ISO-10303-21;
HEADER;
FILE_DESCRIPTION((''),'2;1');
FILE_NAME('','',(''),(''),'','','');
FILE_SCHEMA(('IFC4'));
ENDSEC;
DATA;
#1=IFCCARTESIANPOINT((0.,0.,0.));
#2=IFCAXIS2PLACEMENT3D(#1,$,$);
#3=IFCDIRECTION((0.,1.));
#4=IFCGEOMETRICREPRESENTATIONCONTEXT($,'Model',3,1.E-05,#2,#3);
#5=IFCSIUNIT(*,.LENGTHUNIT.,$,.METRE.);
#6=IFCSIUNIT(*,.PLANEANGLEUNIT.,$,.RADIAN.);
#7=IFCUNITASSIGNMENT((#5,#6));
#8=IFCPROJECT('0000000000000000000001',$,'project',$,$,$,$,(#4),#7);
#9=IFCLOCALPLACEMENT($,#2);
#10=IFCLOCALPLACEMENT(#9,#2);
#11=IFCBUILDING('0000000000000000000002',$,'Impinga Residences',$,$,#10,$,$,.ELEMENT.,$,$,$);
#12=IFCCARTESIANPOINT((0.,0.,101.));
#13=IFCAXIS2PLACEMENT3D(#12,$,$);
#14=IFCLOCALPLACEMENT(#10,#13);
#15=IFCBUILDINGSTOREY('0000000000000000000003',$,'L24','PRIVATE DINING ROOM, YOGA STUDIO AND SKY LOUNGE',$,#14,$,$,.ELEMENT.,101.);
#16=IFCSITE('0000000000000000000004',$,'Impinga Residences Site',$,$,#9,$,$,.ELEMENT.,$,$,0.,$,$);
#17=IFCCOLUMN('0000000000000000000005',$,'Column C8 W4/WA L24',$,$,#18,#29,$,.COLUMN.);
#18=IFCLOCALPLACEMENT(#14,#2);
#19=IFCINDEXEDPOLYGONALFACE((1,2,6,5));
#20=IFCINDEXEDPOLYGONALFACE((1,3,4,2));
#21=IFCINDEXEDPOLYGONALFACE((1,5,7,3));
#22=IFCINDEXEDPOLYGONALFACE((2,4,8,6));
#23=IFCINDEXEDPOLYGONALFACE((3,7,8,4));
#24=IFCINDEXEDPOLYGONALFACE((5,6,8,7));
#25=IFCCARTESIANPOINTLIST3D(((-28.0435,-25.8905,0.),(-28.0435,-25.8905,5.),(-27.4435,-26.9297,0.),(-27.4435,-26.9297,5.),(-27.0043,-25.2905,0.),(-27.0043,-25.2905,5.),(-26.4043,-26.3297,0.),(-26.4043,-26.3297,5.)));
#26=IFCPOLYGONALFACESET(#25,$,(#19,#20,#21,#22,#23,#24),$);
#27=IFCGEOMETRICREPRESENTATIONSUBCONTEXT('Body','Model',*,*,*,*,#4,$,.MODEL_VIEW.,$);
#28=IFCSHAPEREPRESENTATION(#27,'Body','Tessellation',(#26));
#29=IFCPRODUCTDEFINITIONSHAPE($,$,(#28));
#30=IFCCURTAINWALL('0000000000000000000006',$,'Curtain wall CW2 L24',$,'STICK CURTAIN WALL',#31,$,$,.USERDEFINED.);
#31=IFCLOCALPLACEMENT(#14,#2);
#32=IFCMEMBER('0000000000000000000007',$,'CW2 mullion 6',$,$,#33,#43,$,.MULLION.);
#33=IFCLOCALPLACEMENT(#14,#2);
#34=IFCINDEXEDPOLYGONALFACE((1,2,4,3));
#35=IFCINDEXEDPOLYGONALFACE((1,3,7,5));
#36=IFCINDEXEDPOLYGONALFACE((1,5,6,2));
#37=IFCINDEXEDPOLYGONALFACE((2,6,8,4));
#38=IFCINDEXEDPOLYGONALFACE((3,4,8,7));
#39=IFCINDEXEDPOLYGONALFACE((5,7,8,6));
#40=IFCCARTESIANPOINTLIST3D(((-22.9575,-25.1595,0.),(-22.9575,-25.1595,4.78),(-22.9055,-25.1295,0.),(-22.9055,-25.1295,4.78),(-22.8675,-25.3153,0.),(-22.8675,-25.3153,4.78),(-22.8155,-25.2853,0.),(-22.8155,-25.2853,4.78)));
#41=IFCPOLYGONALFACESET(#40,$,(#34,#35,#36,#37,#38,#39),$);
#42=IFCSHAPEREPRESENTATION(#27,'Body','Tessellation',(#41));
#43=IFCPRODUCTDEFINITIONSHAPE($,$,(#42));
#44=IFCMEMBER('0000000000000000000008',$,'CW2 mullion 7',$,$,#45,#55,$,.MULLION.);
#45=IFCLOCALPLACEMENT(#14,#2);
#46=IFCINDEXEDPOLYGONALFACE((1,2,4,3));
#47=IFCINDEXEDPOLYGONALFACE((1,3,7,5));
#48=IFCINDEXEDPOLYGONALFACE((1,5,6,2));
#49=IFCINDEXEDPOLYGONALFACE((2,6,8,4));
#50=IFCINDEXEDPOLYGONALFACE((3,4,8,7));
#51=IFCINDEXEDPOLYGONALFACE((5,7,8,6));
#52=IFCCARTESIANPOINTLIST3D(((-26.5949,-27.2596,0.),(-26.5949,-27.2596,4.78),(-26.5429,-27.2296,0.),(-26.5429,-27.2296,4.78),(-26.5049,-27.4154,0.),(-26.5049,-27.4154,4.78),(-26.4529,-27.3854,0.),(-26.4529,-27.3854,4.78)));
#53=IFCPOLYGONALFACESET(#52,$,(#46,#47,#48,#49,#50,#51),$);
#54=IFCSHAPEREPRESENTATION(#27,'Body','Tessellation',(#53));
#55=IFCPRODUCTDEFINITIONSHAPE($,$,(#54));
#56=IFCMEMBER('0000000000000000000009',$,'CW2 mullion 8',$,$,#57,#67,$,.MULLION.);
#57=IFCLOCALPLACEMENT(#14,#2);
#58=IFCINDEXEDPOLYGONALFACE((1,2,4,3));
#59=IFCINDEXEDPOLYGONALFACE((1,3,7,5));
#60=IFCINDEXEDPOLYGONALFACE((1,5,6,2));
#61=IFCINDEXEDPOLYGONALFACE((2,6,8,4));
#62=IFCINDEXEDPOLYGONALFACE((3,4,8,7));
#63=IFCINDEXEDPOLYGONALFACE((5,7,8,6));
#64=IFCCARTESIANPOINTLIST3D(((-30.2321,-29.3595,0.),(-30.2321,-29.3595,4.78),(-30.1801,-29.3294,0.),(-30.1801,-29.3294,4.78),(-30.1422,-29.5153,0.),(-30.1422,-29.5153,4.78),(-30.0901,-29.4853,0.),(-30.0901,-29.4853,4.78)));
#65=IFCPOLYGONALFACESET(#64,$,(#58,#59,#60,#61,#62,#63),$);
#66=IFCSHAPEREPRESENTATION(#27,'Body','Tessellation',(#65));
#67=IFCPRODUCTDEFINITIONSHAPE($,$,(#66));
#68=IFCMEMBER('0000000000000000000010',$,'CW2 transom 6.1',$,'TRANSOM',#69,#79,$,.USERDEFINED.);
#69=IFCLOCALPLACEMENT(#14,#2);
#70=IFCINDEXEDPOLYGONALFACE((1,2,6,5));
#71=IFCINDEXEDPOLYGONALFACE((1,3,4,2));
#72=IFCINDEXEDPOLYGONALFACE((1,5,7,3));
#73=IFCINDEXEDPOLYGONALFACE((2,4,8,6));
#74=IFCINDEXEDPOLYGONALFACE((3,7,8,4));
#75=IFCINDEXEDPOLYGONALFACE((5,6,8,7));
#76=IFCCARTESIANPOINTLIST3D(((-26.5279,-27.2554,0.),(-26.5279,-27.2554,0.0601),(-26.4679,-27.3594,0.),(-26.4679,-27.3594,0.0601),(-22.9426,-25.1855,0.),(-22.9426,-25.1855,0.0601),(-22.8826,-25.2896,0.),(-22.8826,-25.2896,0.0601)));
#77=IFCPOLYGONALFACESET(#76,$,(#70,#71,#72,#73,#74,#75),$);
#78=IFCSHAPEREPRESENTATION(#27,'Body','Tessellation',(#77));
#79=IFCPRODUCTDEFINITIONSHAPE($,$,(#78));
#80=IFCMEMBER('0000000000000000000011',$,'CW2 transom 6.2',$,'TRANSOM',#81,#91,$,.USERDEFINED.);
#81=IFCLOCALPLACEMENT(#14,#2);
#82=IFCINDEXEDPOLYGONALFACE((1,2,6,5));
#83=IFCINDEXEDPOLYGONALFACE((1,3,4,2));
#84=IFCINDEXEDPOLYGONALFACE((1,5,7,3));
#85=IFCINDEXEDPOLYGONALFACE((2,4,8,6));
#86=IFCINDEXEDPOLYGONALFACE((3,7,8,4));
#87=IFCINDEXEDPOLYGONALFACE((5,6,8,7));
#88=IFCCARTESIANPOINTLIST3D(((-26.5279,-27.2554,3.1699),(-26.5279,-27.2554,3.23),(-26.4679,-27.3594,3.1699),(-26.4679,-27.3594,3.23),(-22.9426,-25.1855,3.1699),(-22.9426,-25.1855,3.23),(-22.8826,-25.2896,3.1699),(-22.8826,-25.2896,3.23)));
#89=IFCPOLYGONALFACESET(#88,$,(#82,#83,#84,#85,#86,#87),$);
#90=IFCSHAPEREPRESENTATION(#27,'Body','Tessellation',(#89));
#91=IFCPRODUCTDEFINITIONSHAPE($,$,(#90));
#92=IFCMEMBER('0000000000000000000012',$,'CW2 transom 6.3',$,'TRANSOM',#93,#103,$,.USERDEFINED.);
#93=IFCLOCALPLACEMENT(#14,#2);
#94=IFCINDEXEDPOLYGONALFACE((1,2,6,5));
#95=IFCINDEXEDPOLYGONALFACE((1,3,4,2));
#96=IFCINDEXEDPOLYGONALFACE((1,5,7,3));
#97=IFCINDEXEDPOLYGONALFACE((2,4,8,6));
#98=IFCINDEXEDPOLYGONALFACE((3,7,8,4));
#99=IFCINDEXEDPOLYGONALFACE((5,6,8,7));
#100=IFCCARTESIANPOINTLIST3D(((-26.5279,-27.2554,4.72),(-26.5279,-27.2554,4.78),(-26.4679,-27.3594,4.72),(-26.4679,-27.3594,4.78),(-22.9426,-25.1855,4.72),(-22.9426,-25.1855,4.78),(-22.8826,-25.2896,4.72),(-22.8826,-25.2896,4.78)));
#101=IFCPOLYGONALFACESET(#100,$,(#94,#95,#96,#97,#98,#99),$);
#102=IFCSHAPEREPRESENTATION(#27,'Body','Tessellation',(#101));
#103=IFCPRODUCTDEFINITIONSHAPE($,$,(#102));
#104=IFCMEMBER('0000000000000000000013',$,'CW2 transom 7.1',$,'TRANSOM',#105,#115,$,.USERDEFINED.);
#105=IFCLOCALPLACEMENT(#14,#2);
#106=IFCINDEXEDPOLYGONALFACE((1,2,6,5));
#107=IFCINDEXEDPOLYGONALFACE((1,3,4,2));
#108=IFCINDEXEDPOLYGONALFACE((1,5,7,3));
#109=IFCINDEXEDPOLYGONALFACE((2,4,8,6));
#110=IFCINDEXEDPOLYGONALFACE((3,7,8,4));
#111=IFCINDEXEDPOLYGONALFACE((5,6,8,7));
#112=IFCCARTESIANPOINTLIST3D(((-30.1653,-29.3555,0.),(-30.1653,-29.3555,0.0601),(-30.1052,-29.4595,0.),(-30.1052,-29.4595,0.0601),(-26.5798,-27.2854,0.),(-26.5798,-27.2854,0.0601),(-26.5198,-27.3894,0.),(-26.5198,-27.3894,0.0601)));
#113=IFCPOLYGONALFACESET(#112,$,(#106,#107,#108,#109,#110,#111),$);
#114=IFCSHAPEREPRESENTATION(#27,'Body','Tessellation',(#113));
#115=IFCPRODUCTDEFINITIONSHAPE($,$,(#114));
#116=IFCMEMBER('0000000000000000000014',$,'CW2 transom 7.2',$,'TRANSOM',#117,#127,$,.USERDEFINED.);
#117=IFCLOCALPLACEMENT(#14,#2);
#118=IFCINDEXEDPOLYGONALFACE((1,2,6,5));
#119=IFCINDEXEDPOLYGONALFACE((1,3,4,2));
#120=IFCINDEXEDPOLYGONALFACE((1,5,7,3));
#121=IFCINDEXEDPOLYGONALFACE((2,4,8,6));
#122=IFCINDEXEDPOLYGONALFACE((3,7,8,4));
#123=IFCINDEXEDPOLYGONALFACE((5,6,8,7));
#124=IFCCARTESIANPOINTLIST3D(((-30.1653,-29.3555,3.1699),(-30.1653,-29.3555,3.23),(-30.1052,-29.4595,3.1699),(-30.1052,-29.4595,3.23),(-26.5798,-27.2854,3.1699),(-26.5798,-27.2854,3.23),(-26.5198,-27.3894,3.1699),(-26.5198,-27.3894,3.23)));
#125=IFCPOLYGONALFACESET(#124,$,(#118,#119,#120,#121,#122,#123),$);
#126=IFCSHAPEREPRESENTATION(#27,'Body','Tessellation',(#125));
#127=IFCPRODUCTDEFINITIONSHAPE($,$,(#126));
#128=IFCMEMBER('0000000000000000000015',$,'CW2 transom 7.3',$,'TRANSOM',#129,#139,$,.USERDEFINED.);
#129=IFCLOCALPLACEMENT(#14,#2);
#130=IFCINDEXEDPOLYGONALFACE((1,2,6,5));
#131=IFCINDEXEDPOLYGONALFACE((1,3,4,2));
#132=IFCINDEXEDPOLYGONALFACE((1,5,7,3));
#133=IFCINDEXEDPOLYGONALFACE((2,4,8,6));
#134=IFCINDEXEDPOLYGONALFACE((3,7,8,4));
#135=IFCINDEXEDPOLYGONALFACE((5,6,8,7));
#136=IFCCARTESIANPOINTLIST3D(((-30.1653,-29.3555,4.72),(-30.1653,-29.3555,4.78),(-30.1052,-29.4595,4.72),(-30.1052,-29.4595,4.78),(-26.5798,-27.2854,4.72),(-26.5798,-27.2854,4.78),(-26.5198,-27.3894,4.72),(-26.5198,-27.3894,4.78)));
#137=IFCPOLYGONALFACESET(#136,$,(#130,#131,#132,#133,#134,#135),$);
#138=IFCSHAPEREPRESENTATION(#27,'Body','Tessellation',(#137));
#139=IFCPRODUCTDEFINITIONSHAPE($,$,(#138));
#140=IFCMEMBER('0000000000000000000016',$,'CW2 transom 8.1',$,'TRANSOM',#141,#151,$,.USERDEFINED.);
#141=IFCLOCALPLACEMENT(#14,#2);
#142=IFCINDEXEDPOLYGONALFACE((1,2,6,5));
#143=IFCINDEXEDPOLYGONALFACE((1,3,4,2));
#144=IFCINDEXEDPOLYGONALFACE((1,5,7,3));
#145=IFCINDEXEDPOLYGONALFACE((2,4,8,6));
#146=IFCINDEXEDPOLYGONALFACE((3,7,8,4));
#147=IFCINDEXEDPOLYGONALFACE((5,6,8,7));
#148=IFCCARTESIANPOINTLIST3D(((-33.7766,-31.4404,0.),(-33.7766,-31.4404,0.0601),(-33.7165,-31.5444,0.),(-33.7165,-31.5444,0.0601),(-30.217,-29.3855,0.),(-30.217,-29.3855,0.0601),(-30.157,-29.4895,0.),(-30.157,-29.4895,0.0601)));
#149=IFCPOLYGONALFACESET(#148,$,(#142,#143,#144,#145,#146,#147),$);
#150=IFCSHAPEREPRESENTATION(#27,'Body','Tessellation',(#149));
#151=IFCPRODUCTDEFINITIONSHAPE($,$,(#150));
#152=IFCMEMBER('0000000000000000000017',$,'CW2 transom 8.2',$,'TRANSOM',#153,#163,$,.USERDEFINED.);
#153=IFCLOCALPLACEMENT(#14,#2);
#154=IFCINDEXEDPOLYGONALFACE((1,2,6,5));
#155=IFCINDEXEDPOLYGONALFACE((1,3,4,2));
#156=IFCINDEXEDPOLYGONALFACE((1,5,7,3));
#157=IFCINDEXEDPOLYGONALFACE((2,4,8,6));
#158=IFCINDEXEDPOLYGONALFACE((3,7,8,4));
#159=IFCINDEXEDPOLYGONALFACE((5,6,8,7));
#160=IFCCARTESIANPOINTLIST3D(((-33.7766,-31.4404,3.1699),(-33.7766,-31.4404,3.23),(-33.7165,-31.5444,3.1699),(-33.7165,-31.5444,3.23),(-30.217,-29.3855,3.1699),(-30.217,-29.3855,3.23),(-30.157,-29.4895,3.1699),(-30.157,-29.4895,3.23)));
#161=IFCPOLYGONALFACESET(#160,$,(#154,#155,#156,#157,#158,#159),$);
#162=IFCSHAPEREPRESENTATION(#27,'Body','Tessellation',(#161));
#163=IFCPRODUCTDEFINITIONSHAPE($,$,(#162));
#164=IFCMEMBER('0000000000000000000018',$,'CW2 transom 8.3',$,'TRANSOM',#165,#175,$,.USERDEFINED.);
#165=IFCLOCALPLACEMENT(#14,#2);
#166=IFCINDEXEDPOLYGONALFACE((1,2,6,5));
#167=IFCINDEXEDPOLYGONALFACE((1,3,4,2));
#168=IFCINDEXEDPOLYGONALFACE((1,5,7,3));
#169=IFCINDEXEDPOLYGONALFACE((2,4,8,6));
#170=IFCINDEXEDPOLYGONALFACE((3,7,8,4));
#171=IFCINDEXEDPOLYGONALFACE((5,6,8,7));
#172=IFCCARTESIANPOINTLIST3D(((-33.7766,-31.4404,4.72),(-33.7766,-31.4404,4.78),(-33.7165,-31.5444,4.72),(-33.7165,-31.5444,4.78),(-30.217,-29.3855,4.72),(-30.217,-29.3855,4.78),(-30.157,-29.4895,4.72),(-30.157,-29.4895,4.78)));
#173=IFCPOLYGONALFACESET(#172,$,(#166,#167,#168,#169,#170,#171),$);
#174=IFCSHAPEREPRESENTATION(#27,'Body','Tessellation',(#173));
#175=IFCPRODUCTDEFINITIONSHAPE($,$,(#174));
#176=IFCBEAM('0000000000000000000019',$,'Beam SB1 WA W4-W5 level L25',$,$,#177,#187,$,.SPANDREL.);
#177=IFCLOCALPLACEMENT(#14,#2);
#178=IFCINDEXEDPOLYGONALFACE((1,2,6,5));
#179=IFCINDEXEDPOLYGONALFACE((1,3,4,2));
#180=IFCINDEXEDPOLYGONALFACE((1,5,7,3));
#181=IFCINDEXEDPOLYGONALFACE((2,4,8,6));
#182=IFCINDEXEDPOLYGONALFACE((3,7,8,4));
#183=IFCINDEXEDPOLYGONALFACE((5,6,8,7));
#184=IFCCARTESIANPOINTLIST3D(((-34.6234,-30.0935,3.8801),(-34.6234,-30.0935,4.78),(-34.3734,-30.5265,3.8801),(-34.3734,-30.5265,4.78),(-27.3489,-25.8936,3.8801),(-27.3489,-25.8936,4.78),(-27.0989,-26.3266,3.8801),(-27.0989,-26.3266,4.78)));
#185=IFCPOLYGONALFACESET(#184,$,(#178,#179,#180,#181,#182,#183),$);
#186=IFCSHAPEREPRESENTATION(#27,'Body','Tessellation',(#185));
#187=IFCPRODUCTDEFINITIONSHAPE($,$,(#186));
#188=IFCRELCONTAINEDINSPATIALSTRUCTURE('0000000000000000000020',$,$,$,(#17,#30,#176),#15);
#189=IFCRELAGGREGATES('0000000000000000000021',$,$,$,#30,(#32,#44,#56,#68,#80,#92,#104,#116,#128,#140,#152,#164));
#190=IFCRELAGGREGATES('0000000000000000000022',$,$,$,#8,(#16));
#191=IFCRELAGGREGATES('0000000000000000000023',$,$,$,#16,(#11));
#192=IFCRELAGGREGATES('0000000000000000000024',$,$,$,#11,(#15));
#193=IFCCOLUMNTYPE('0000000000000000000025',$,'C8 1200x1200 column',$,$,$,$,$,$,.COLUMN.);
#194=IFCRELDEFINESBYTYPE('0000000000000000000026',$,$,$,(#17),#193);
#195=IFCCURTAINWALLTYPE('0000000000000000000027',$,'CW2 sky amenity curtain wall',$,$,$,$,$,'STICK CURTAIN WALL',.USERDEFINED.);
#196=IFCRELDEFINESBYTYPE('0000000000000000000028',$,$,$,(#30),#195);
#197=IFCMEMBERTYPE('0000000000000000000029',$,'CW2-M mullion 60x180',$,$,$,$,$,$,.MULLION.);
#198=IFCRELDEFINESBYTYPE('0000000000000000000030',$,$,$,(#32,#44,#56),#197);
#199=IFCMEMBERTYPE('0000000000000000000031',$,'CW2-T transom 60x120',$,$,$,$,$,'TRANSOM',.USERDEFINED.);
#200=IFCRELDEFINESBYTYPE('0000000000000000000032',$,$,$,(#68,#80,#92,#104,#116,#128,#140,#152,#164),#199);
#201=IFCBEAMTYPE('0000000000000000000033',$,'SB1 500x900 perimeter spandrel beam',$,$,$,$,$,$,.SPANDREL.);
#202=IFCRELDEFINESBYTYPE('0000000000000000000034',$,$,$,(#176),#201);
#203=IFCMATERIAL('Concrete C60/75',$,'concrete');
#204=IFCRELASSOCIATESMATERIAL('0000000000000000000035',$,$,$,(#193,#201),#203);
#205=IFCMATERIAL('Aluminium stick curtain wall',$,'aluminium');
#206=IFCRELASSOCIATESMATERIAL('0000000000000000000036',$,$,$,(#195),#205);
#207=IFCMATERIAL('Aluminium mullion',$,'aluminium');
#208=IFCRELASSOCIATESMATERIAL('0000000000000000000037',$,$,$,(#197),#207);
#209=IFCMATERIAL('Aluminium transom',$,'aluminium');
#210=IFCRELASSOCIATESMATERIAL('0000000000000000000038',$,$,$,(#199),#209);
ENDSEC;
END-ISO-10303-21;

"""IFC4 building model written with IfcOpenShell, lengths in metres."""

from ifc_helpers import new_model, si_unit, direction, frame, origin, origin_2d, place, context, subcontext, project, spatial, rectangle, extrude, material, material_profile, profile_set, type_object, element, aggregate, save


model = new_model("IFC4")

# Units and contexts
model_context = context("Model", 3, precision=1e-05, world=origin(), true_north=direction((0.0, 1.0)))
body_context = subcontext(model_context, "Body", "Model", "MODEL_VIEW")
ifc_project = project(units=[si_unit("LENGTHUNIT", "METRE"), si_unit("PLANEANGLEUNIT", "RADIAN")], contexts=[model_context])

# Site, building, storey
site_placement = place(None, origin())
site = spatial("IfcSite", under=ifc_project, at=site_placement, Name="Impinga Residences Site", CompositionType="ELEMENT", RefElevation=0.0)
building_placement = place(site_placement, origin())
building = spatial("IfcBuilding", under=site, at=building_placement, Name="Impinga Residences", CompositionType="ELEMENT")
storey_placement = place(building_placement, frame((0.0, 0.0, 101.0)))
storey = spatial("IfcBuildingStorey", under=building, at=storey_placement, Name="L24", Description="PRIVATE DINING ROOM, YOGA STUDIO AND SKY LOUNGE", CompositionType="ELEMENT", Elevation=101.0)

# Column
ifc_material_1 = material(Name="Concrete C60/75", Category="concrete")
ifc_material_profile_1 = material_profile(ifc_material_1, rectangle(XDim=1.2, YDim=1.2, at=origin_2d()), Name="RC 1200x1200")
ifc_profile_set_1 = profile_set([ifc_material_profile_1], Name="Concrete C60/75")
column_type = type_object("IfcColumnType", Name="C8 1200x1200 column", PredefinedType="COLUMN", material=ifc_profile_set_1)
column_placement = place(storey_placement, frame((-27.2239, -26.1101, 0.0), z_axis=(0.0, 0.0, 1.0), x_axis=(-0.5, 0.866025, 0.0)))
element("IfcColumn", 1, at=column_placement, inside=storey, type_object=column_type, Name="Column C8 W4/WA L24", PredefinedType="COLUMN", context=body_context, shape_type="SweptSolid", body=[
    extrude(rectangle(XDim=1.2, YDim=1.2, at=origin_2d()), origin(), (0.0, 0.0, 1.0), 5.0),
])

# Curtain wall, members
ifc_material_2 = material(Name="Aluminium stick curtain wall", Category="aluminium")
curtain_wall_type = type_object("IfcCurtainWallType", Name="CW2 sky amenity curtain wall", ElementType="STICK CURTAIN WALL", PredefinedType="USERDEFINED", material=ifc_material_2)
curtain_wall_placement = place(storey_placement, origin())
curtain_wall = element("IfcCurtainWall", 2, at=curtain_wall_placement, inside=storey, type_object=curtain_wall_type, Name="Curtain wall CW2 L24", ObjectType="STICK CURTAIN WALL", PredefinedType="USERDEFINED")
ifc_material_3 = material(Name="Aluminium mullion", Category="aluminium")
ifc_material_profile_2 = material_profile(ifc_material_3, rectangle(XDim=0.0601, YDim=0.1799, at=origin_2d()), Name="60x180 mullion")
ifc_profile_set_2 = profile_set([ifc_material_profile_2], Name="Aluminium mullion")
member_type_1 = type_object("IfcMemberType", Name="CW2-M mullion 60x180", PredefinedType="MULLION", material=ifc_profile_set_2)
member_1_placement = place(storey_placement, frame((-22.8865, -25.2224, 0.0), z_axis=(0.0, 0.0, 1.0), x_axis=(-0.866025, -0.5, 0.0)))
member_1 = element("IfcMember", 3, at=member_1_placement, type_object=member_type_1, Name="CW2 mullion 6", PredefinedType="MULLION", context=body_context, shape_type="SweptSolid", body=[
    extrude(rectangle(XDim=0.0601, YDim=0.1799, at=origin_2d()), origin(), (0.0, 0.0, 1.0), 4.78),
])
member_2_placement = place(storey_placement, frame((-26.5239, -27.3225, 0.0), z_axis=(0.0, 0.0, 1.0), x_axis=(-0.866025, -0.5, 0.0)))
member_2 = element("IfcMember", 4, at=member_2_placement, type_object=member_type_1, Name="CW2 mullion 7", PredefinedType="MULLION", context=body_context, shape_type="SweptSolid", body=[
    extrude(rectangle(XDim=0.0601, YDim=0.1799, at=origin_2d()), origin(), (0.0, 0.0, 1.0), 4.78),
])
member_3_placement = place(storey_placement, frame((-30.1611, -29.4224, 0.0), z_axis=(0.0, 0.0, 1.0), x_axis=(-0.866025, -0.5, 0.0)))
member_3 = element("IfcMember", 5, at=member_3_placement, type_object=member_type_1, Name="CW2 mullion 8", PredefinedType="MULLION", context=body_context, shape_type="SweptSolid", body=[
    extrude(rectangle(XDim=0.0601, YDim=0.1799, at=origin_2d()), origin(), (0.0, 0.0, 1.0), 4.78),
])
ifc_material_4 = material(Name="Aluminium transom", Category="aluminium")
ifc_material_profile_3 = material_profile(ifc_material_4, rectangle(XDim=0.0601, YDim=0.1201, at=origin_2d()), Name="60x120 transom")
ifc_profile_set_3 = profile_set([ifc_material_profile_3], Name="Aluminium transom")
member_type_2 = type_object("IfcMemberType", Name="CW2-T transom 60x120", ElementType="TRANSOM", PredefinedType="USERDEFINED", material=ifc_profile_set_3)
member_4_placement = place(storey_placement, frame((-22.9126, -25.2375, 0.03), z_axis=(-0.866035, -0.499983, 0.0), x_axis=(0.0, 0.0, 1.0)))
member_4 = element("IfcMember", 6, at=member_4_placement, type_object=member_type_2, Name="CW2 transom 6.1", ObjectType="TRANSOM", PredefinedType="USERDEFINED", context=body_context, shape_type="SweptSolid", body=[
    extrude(rectangle(XDim=0.0601, YDim=0.1201, at=origin_2d()), origin(), (0.0, 0.0, 1.0), 4.1399),
])
member_5_placement = place(storey_placement, frame((-22.9126, -25.2375, 3.2), z_axis=(-0.866035, -0.499983, 0.0), x_axis=(0.0, 0.0, 1.0)))
member_5 = element("IfcMember", 7, at=member_5_placement, type_object=member_type_2, Name="CW2 transom 6.2", ObjectType="TRANSOM", PredefinedType="USERDEFINED", context=body_context, shape_type="SweptSolid", body=[
    extrude(rectangle(XDim=0.0601, YDim=0.1201, at=origin_2d()), origin(), (0.0, 0.0, 1.0), 4.1399),
])
member_6_placement = place(storey_placement, frame((-22.9126, -25.2375, 4.75), z_axis=(-0.866035, -0.499983, 0.0), x_axis=(0.0, 0.0, 1.0)))
member_6 = element("IfcMember", 8, at=member_6_placement, type_object=member_type_2, Name="CW2 transom 6.3", ObjectType="TRANSOM", PredefinedType="USERDEFINED", context=body_context, shape_type="SweptSolid", body=[
    extrude(rectangle(XDim=0.0601, YDim=0.1201, at=origin_2d()), origin(), (0.0, 0.0, 1.0), 4.1399),
])
member_7_placement = place(storey_placement, frame((-26.5498, -27.3374, 0.03), z_axis=(-0.866025, -0.500002, 0.0), x_axis=(0.0, 0.0, 1.0)))
member_7 = element("IfcMember", 9, at=member_7_placement, type_object=member_type_2, Name="CW2 transom 7.1", ObjectType="TRANSOM", PredefinedType="USERDEFINED", context=body_context, shape_type="SweptSolid", body=[
    extrude(rectangle(XDim=0.0601, YDim=0.1201, at=origin_2d()), origin(), (0.0, 0.0, 1.0), 4.1401),
])
member_8_placement = place(storey_placement, frame((-26.5498, -27.3374, 3.2), z_axis=(-0.866025, -0.500002, 0.0), x_axis=(0.0, 0.0, 1.0)))
member_8 = element("IfcMember", 10, at=member_8_placement, type_object=member_type_2, Name="CW2 transom 7.2", ObjectType="TRANSOM", PredefinedType="USERDEFINED", context=body_context, shape_type="SweptSolid", body=[
    extrude(rectangle(XDim=0.0601, YDim=0.1201, at=origin_2d()), origin(), (0.0, 0.0, 1.0), 4.1401),
])
member_9_placement = place(storey_placement, frame((-26.5498, -27.3374, 4.75), z_axis=(-0.866025, -0.500002, 0.0), x_axis=(0.0, 0.0, 1.0)))
member_9 = element("IfcMember", 11, at=member_9_placement, type_object=member_type_2, Name="CW2 transom 7.3", ObjectType="TRANSOM", PredefinedType="USERDEFINED", context=body_context, shape_type="SweptSolid", body=[
    extrude(rectangle(XDim=0.0601, YDim=0.1201, at=origin_2d()), origin(), (0.0, 0.0, 1.0), 4.1401),
])
member_10_placement = place(storey_placement, frame((-30.187, -29.4375, 0.03), z_axis=(-0.866045, -0.499966, 0.0), x_axis=(0.0, 0.0, 1.0)))
member_10 = element("IfcMember", 12, at=member_10_placement, type_object=member_type_2, Name="CW2 transom 8.1", ObjectType="TRANSOM", PredefinedType="USERDEFINED", context=body_context, shape_type="SweptSolid", body=[
    extrude(rectangle(XDim=0.0601, YDim=0.1201, at=origin_2d()), origin(), (0.0, 0.0, 1.0), 4.1101),
])
member_11_placement = place(storey_placement, frame((-30.187, -29.4375, 3.2), z_axis=(-0.866045, -0.499966, 0.0), x_axis=(0.0, 0.0, 1.0)))
member_11 = element("IfcMember", 13, at=member_11_placement, type_object=member_type_2, Name="CW2 transom 8.2", ObjectType="TRANSOM", PredefinedType="USERDEFINED", context=body_context, shape_type="SweptSolid", body=[
    extrude(rectangle(XDim=0.0601, YDim=0.1201, at=origin_2d()), origin(), (0.0, 0.0, 1.0), 4.1101),
])
member_12_placement = place(storey_placement, frame((-30.187, -29.4375, 4.75), z_axis=(-0.866045, -0.499966, 0.0), x_axis=(0.0, 0.0, 1.0)))
member_12 = element("IfcMember", 14, at=member_12_placement, type_object=member_type_2, Name="CW2 transom 8.3", ObjectType="TRANSOM", PredefinedType="USERDEFINED", context=body_context, shape_type="SweptSolid", body=[
    extrude(rectangle(XDim=0.0601, YDim=0.1201, at=origin_2d()), origin(), (0.0, 0.0, 1.0), 4.1101),
])

# Beam
ifc_material_profile_4 = material_profile(ifc_material_1, rectangle(XDim=0.5, YDim=0.8999, at=origin_2d()), Name="RC 500x900")
ifc_profile_set_4 = profile_set([ifc_material_profile_4], Name="Concrete C60/75")
beam_type = type_object("IfcBeamType", Name="SB1 500x900 perimeter spandrel beam", PredefinedType="SPANDREL", material=ifc_profile_set_4)
beam_placement = place(storey_placement, frame((-27.2239, -26.1101, 4.3301), z_axis=(-0.866029, -0.499993, 0.0), x_axis=(0.499993, -0.866029, 0.0)))
element("IfcBeam", 15, at=beam_placement, inside=storey, type_object=beam_type, Name="Beam SB1 WA W4-W5 level L25", PredefinedType="SPANDREL", context=body_context, shape_type="SweptSolid", body=[
    extrude(rectangle(XDim=0.5, YDim=0.8999, at=origin_2d()), origin(), (0.0, 0.0, 1.0), 8.3999),
])

aggregate(curtain_wall, [member_1, member_2, member_3, member_4, member_5, member_6, member_7, member_8, member_9, member_10, member_11, member_12])

save(model, "model.ifc")
